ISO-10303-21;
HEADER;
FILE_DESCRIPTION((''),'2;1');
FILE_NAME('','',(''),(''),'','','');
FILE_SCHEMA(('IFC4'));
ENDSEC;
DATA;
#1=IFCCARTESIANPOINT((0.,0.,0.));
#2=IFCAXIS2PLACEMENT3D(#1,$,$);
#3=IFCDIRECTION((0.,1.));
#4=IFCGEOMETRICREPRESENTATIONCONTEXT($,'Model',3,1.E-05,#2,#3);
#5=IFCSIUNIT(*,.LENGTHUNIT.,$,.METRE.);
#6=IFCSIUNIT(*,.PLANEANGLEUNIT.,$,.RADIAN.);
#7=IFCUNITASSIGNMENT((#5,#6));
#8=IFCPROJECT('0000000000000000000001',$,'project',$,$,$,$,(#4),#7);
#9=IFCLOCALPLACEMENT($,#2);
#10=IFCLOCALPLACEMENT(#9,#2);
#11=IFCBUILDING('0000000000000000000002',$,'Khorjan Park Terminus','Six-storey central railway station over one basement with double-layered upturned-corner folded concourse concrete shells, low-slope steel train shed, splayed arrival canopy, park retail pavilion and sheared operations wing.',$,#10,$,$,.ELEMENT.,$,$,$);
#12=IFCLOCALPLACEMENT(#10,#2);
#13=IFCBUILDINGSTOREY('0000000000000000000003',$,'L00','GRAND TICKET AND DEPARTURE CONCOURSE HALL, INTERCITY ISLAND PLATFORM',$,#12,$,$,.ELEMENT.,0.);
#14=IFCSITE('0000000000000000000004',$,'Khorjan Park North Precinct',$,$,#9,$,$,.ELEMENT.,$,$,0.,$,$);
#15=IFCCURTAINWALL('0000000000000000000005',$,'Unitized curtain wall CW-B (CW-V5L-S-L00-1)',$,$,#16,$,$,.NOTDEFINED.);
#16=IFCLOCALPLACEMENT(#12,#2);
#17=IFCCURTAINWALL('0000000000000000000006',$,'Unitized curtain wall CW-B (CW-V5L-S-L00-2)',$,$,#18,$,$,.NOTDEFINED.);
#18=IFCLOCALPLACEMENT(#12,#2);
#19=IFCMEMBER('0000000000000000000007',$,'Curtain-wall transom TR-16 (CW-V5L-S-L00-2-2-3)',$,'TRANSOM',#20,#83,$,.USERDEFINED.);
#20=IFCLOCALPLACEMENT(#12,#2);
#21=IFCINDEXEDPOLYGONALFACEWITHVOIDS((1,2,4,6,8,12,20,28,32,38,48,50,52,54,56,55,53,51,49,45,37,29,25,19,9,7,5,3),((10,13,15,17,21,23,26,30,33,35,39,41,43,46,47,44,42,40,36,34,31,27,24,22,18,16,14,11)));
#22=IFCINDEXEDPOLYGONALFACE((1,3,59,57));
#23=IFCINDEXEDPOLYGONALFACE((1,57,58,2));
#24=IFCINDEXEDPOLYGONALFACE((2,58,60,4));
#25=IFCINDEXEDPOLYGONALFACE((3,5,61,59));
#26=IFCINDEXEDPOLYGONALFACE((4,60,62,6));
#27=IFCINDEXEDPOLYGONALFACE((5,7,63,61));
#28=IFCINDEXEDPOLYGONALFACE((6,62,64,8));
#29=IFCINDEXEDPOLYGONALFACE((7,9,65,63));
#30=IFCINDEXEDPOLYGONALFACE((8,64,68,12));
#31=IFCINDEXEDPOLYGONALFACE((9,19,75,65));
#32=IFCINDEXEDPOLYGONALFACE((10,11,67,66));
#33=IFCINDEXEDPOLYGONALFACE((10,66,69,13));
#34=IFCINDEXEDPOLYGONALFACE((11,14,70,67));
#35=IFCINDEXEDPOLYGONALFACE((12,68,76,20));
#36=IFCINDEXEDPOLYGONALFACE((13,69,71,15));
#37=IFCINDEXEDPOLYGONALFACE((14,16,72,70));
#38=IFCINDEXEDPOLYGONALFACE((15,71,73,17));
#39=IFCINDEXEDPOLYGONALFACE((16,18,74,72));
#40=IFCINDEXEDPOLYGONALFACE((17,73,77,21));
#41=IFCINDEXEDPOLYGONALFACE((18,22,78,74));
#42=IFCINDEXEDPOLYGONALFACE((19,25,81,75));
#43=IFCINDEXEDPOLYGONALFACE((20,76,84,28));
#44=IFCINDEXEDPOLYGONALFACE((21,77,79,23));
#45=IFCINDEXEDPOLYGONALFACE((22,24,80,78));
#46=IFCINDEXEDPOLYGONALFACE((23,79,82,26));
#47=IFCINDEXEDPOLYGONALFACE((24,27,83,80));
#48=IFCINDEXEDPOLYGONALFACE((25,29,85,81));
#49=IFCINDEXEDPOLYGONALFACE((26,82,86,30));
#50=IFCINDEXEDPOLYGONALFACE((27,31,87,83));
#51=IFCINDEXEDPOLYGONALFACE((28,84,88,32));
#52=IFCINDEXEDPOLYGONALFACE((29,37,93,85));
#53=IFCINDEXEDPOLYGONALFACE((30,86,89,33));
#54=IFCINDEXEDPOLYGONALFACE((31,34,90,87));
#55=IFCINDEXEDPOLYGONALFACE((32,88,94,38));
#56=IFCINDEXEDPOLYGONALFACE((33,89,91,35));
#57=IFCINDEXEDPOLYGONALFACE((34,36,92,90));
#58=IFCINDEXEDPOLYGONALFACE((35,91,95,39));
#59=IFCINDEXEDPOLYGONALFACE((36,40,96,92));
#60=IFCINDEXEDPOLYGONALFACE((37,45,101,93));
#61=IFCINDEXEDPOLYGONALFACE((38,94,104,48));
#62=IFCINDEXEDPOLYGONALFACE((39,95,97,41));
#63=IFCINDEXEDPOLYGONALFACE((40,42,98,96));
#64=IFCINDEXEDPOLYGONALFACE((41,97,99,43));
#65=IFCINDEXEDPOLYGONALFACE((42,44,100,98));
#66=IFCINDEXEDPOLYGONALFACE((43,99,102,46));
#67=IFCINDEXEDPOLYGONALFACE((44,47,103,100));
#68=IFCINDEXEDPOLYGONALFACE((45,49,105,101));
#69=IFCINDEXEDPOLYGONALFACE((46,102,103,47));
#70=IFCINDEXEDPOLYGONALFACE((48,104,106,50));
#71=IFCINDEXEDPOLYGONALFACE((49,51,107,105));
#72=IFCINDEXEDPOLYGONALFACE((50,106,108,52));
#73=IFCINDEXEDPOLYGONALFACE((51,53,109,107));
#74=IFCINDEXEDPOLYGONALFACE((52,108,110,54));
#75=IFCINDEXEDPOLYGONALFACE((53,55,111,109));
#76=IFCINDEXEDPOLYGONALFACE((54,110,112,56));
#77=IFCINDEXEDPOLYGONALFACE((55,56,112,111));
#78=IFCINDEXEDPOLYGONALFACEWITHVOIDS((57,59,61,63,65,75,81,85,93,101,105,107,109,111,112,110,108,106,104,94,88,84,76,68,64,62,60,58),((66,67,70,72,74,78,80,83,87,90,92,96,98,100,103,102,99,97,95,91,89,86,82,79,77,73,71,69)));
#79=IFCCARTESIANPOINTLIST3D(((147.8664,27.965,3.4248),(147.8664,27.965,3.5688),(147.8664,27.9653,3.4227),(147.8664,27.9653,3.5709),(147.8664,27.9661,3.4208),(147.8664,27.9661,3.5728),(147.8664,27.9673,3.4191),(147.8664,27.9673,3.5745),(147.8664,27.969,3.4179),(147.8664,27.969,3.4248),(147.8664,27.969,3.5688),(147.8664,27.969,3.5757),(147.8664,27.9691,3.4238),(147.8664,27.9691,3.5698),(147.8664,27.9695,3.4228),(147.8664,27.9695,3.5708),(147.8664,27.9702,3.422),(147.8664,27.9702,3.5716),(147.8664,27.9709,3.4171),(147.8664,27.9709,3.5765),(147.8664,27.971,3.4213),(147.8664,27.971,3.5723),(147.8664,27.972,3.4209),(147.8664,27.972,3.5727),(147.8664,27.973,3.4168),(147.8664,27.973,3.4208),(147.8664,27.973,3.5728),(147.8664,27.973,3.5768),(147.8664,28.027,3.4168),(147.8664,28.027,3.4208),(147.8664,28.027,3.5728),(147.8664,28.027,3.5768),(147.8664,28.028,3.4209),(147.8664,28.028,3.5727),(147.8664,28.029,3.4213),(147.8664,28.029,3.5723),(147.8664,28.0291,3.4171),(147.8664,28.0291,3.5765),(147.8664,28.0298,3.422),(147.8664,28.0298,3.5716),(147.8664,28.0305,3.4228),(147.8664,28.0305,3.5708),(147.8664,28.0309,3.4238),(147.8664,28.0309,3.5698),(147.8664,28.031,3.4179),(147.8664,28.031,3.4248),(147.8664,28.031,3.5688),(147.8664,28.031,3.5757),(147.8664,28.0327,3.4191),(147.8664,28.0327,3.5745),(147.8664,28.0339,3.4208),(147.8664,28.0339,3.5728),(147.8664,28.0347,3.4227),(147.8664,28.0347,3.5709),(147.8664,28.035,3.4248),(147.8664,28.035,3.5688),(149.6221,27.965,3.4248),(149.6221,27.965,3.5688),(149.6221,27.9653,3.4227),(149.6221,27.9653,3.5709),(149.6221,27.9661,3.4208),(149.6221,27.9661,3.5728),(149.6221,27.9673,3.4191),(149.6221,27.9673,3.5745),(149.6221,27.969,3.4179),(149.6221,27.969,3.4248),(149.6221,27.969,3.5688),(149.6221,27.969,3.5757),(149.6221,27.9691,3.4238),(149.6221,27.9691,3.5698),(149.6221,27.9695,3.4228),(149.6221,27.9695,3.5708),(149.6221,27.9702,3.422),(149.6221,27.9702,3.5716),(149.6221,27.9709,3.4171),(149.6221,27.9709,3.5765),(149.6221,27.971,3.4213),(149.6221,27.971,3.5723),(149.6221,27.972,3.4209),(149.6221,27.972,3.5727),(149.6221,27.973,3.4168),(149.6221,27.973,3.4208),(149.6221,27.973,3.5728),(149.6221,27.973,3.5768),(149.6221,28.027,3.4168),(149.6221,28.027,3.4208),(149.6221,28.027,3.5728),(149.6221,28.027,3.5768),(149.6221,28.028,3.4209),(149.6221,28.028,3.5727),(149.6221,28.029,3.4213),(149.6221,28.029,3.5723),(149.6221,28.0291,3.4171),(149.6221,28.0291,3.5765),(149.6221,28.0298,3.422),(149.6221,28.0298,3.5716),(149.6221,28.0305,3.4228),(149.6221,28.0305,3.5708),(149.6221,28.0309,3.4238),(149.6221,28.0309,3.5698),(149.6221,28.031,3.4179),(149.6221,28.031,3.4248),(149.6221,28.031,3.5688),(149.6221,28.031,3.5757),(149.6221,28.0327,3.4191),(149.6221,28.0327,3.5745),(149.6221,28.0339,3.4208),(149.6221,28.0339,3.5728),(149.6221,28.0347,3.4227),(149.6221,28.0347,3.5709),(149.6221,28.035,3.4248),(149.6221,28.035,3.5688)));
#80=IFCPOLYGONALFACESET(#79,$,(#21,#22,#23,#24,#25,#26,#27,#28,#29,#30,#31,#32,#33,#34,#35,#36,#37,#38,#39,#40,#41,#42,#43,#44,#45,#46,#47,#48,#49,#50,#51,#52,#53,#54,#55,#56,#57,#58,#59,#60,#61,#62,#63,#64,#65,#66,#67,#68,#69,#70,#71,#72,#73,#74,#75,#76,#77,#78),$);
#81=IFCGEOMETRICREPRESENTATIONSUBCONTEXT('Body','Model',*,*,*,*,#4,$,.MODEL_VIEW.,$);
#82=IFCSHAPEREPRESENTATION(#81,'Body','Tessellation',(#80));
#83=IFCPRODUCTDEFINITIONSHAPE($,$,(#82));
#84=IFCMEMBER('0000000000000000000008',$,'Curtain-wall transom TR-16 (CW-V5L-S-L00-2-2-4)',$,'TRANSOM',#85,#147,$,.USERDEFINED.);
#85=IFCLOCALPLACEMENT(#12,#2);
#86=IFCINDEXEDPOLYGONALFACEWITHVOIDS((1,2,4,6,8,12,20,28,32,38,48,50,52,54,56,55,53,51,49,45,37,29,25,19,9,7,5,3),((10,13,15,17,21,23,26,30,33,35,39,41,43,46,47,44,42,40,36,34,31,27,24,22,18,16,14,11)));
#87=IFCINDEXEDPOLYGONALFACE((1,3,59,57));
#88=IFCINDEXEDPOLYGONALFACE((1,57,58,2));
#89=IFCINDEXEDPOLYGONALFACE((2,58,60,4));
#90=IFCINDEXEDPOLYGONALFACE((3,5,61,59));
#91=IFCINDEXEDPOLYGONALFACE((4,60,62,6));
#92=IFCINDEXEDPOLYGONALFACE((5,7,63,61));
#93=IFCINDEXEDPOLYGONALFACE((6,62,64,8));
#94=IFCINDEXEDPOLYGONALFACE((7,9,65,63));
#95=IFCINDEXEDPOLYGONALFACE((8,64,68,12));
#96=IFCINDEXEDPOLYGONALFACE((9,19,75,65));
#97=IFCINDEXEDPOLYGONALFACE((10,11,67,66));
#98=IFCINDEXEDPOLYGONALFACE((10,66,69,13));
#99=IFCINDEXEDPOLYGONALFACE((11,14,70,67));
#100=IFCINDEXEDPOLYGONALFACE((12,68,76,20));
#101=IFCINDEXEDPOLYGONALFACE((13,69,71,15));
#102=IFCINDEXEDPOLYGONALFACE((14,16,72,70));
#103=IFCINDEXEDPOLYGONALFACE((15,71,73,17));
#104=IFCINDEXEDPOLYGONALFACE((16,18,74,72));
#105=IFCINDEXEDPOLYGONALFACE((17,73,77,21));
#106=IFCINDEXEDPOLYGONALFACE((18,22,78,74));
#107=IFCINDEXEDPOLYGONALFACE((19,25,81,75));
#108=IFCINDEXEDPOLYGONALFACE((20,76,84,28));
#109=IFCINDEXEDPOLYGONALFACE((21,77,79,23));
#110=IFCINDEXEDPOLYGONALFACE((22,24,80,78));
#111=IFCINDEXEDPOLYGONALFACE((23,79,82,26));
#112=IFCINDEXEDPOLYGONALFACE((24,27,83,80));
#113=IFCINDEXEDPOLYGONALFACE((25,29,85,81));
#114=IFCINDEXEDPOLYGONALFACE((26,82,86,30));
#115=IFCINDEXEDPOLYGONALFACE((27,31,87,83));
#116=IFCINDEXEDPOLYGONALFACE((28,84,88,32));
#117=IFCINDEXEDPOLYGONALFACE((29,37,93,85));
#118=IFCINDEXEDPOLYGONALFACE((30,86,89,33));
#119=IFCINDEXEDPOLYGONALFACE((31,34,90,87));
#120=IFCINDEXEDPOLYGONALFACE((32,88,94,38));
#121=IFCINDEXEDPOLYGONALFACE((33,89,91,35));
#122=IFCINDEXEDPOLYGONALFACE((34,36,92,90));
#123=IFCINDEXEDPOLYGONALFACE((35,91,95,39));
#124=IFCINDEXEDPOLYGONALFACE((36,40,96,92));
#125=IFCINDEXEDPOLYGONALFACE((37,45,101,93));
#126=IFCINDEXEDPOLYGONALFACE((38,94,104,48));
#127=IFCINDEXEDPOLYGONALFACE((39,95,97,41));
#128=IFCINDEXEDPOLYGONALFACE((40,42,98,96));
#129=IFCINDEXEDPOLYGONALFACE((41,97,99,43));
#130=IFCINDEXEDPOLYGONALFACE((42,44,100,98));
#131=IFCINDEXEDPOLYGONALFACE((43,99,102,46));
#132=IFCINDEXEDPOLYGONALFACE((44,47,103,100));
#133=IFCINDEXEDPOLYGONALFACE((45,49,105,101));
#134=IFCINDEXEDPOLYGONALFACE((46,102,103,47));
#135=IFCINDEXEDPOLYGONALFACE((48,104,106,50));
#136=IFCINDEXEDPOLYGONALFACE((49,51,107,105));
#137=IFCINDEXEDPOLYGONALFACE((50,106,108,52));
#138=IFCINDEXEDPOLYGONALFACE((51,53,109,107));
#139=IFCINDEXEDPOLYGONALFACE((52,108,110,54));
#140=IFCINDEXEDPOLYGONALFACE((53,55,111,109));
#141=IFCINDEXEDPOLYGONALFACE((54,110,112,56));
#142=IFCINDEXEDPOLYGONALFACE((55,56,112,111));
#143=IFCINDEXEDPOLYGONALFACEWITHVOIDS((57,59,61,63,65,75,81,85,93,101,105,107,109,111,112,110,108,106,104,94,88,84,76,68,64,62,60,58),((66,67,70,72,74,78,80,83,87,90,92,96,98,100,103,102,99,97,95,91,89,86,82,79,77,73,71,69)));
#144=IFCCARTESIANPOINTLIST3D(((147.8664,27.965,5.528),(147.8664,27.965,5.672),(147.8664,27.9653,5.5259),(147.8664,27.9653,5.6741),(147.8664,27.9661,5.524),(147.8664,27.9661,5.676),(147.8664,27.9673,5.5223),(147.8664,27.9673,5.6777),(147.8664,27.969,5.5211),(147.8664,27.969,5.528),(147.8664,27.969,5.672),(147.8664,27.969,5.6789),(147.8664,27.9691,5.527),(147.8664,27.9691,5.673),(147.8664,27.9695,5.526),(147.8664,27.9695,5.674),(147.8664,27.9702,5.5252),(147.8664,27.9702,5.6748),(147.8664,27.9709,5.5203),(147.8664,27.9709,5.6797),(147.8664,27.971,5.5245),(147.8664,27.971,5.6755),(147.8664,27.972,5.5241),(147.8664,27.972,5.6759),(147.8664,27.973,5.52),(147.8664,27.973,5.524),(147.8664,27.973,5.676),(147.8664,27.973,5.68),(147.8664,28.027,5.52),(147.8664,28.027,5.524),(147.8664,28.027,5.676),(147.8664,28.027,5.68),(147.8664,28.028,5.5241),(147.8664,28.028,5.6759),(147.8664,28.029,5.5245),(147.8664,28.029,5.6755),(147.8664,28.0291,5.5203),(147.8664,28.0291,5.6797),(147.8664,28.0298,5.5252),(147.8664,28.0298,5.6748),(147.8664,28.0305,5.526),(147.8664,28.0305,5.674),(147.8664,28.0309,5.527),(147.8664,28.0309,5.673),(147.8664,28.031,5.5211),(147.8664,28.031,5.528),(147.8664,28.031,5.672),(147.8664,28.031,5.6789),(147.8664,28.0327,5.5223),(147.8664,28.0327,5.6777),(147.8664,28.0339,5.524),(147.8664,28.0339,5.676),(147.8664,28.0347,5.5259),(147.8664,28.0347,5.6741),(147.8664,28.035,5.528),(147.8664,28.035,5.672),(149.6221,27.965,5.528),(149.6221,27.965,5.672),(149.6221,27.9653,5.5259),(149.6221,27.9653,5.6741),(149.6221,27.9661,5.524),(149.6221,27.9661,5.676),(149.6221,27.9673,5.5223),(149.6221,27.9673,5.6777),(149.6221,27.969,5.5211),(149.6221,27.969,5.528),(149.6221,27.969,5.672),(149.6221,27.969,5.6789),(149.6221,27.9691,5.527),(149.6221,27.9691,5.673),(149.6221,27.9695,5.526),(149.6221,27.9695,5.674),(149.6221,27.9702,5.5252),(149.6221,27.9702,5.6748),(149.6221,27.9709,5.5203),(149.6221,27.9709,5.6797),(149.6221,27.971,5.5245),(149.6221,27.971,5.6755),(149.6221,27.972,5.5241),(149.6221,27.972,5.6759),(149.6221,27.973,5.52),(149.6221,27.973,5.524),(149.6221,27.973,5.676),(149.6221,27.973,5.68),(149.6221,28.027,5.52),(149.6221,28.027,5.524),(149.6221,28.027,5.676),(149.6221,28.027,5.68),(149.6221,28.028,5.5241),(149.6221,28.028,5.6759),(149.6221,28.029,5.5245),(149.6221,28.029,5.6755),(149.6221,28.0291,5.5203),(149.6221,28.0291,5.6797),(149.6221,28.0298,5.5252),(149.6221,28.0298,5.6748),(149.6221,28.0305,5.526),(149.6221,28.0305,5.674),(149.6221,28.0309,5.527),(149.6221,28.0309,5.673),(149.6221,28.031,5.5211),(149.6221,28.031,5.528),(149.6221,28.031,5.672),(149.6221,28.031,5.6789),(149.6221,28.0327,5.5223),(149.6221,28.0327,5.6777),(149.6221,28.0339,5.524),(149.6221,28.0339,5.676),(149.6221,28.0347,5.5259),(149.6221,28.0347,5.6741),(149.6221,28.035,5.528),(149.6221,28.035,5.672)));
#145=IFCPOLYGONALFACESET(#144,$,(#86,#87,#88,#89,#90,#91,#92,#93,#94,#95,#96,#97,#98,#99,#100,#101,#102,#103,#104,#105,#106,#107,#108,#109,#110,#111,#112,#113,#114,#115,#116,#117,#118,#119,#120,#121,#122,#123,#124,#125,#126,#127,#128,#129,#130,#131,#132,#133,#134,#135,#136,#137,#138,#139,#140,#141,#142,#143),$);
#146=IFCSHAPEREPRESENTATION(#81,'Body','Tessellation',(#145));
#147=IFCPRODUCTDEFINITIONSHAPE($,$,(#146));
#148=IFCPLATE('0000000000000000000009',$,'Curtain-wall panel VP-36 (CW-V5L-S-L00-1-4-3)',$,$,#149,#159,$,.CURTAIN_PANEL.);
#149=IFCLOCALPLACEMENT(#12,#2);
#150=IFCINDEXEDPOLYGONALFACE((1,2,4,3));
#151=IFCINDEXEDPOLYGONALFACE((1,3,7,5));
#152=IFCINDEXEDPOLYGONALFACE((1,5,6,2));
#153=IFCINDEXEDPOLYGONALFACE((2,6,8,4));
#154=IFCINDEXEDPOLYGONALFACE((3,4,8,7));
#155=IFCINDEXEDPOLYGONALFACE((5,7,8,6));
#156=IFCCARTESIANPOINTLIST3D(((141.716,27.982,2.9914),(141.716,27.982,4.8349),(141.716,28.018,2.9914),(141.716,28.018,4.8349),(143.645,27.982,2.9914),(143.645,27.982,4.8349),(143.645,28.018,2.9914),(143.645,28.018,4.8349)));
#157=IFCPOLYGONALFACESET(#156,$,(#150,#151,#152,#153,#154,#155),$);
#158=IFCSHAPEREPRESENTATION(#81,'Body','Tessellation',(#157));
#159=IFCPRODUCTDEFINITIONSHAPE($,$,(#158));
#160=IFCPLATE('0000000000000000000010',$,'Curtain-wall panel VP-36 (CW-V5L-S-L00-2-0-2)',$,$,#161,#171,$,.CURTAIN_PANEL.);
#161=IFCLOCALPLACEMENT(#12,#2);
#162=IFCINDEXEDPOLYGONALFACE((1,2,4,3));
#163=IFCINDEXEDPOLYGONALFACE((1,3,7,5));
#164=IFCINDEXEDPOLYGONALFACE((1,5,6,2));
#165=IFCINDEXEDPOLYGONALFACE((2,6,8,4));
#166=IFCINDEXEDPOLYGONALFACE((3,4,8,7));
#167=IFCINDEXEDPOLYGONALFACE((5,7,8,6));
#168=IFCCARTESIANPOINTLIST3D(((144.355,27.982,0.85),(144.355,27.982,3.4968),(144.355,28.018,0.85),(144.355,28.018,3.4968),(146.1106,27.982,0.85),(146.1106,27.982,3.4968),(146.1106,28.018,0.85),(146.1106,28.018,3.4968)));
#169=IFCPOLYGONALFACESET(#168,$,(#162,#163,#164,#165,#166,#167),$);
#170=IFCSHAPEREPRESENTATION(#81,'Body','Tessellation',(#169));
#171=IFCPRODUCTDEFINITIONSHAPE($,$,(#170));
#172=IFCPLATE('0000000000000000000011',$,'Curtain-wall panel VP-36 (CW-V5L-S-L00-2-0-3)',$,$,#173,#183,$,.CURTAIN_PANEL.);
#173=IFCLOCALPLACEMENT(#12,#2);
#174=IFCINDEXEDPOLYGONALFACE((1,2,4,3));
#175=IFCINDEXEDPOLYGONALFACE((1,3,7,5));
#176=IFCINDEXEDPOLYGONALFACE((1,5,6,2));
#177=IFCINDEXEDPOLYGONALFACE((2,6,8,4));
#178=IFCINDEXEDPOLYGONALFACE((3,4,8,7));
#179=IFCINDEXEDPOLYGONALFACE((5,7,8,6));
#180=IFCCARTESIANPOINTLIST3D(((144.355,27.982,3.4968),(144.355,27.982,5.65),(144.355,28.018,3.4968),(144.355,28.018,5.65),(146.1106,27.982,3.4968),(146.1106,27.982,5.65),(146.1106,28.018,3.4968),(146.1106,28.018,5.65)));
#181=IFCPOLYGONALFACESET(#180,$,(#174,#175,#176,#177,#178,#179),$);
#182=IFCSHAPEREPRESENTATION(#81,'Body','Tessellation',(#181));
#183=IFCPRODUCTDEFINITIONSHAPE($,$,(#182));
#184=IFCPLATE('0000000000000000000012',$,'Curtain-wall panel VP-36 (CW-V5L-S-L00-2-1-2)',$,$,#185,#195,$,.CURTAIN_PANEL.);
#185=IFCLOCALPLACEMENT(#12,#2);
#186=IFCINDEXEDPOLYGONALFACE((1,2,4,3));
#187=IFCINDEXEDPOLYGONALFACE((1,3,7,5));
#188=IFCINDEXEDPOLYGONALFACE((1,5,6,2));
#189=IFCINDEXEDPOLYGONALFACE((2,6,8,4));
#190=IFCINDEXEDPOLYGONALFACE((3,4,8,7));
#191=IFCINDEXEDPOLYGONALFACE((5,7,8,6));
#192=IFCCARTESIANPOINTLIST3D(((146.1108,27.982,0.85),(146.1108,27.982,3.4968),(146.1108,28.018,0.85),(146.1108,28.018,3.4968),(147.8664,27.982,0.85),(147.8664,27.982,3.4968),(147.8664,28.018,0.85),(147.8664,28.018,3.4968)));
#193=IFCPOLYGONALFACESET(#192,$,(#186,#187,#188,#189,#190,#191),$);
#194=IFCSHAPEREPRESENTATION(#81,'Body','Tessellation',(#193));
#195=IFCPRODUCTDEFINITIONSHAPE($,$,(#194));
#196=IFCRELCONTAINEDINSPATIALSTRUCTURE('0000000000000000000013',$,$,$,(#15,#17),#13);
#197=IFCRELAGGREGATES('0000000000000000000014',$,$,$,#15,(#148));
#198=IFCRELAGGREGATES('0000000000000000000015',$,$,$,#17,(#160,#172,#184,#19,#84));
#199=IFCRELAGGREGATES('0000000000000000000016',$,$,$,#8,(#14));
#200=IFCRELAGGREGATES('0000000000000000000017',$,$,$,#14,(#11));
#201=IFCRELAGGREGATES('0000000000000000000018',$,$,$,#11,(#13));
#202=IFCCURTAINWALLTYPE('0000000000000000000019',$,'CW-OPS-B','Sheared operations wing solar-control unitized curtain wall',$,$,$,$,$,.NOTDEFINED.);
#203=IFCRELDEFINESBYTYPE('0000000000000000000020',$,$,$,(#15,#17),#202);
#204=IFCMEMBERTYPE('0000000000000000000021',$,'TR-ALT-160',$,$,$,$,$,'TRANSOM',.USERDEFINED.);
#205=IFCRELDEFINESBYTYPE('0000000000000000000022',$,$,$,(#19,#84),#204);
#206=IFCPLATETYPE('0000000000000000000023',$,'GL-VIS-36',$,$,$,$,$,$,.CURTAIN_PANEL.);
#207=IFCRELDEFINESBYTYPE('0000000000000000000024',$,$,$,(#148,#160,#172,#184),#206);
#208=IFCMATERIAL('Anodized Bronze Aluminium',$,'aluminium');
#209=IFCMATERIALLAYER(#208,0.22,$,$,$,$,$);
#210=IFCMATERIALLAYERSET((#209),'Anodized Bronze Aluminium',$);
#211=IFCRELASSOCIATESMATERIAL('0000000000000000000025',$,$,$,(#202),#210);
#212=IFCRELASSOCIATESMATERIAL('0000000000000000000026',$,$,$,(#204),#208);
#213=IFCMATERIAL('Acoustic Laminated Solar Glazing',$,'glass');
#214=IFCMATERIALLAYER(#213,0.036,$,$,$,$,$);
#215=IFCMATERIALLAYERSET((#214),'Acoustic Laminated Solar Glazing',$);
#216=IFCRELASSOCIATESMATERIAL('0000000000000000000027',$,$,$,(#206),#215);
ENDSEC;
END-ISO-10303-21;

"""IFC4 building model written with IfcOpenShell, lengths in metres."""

from ifc_helpers import new_model, si_unit, direction, frame, origin, origin_2d, place, context, subcontext, project, spatial, rectangle, hollow_rectangle, extrude, material, layer, layer_set, material_profile, profile_set, type_object, element, aggregate, save


model = new_model("IFC4")

# Units and contexts
model_context = context("Model", 3, precision=1e-05, world=origin(), true_north=direction((0.0, 1.0)))
body_context = subcontext(model_context, "Body", "Model", "MODEL_VIEW")
ifc_project = project(units=[si_unit("LENGTHUNIT", "METRE"), si_unit("PLANEANGLEUNIT", "RADIAN")], contexts=[model_context])

# Site, building, storey
site_placement = place(None, origin())
site = spatial("IfcSite", under=ifc_project, at=site_placement, Name="Khorjan Park North Precinct", CompositionType="ELEMENT", RefElevation=0.0)
building_placement = place(site_placement, origin())
building = spatial("IfcBuilding", under=site, at=building_placement, Name="Khorjan Park Terminus", Description="Six-storey central railway station over one basement with double-layered upturned-corner folded concourse concrete shells, low-slope steel train shed, splayed arrival canopy, park retail pavilion and sheared operations wing.", CompositionType="ELEMENT")
storey_placement = place(building_placement, origin())
storey = spatial("IfcBuildingStorey", under=building, at=storey_placement, Name="L00", Description="GRAND TICKET AND DEPARTURE CONCOURSE HALL, INTERCITY ISLAND PLATFORM", CompositionType="ELEMENT", Elevation=0.0)

# Curtain wall
ifc_material_1 = material(Name="Anodized Bronze Aluminium", Category="aluminium")
ifc_layer_1 = layer(ifc_material_1, 0.22)
ifc_layer_set_1 = layer_set([ifc_layer_1], Name="Anodized Bronze Aluminium")
curtain_wall_type = type_object("IfcCurtainWallType", Name="CW-OPS-B", Description="Sheared operations wing solar-control unitized curtain wall", PredefinedType="NOTDEFINED", material=ifc_layer_set_1)
curtain_wall_1_placement = place(storey_placement, origin())
curtain_wall_1 = element("IfcCurtainWall", 1, at=curtain_wall_1_placement, inside=storey, type_object=curtain_wall_type, Name="Unitized curtain wall CW-B (CW-V5L-S-L00-1)", PredefinedType="NOTDEFINED")

# Curtain wall, members
curtain_wall_2_placement = place(storey_placement, origin())
curtain_wall_2 = element("IfcCurtainWall", 2, at=curtain_wall_2_placement, inside=storey, type_object=curtain_wall_type, Name="Unitized curtain wall CW-B (CW-V5L-S-L00-2)", PredefinedType="NOTDEFINED")
ifc_material_profile_1 = material_profile(ifc_material_1, hollow_rectangle(XDim=0.07, YDim=0.16, WallThickness=0.004, InnerFilletRadius=0.004, OuterFilletRadius=0.008, at=origin_2d()), Name="ALT 70x160x4")
ifc_profile_set_1 = profile_set([ifc_material_profile_1], Name="Anodized Bronze Aluminium")
member_type_1 = type_object("IfcMemberType", Name="TR-ALT-160", ElementType="TRANSOM", PredefinedType="USERDEFINED", material=ifc_profile_set_1)
member_1_placement = place(storey_placement, frame((147.8664, 28.0, 3.4968), z_axis=(1.0, 0.0, 0.0), x_axis=(0.0, 1.0, 0.0)))
member_1 = element("IfcMember", 3, at=member_1_placement, type_object=member_type_1, Name="Curtain-wall transom TR-16 (CW-V5L-S-L00-2-2-3)", ObjectType="TRANSOM", PredefinedType="USERDEFINED", context=body_context, shape_type="SweptSolid", body=[
    extrude(hollow_rectangle(XDim=0.07, YDim=0.16, WallThickness=0.004, InnerFilletRadius=0.004, OuterFilletRadius=0.008, at=origin_2d()), origin(), (0.0, 0.0, 1.0), 1.7557),
])
member_2_placement = place(storey_placement, frame((147.8664, 28.0, 5.6), z_axis=(1.0, 0.0, 0.0), x_axis=(0.0, 1.0, 0.0)))
member_2 = element("IfcMember", 4, at=member_2_placement, type_object=member_type_1, Name="Curtain-wall transom TR-16 (CW-V5L-S-L00-2-2-4)", ObjectType="TRANSOM", PredefinedType="USERDEFINED", context=body_context, shape_type="SweptSolid", body=[
    extrude(hollow_rectangle(XDim=0.07, YDim=0.16, WallThickness=0.004, InnerFilletRadius=0.004, OuterFilletRadius=0.008, at=origin_2d()), origin(), (0.0, 0.0, 1.0), 1.7557),
])

# Plates
ifc_material_2 = material(Name="Acoustic Laminated Solar Glazing", Category="glass")
ifc_layer_2 = layer(ifc_material_2, 0.036)
ifc_layer_set_2 = layer_set([ifc_layer_2], Name="Acoustic Laminated Solar Glazing")
plate_type_1 = type_object("IfcPlateType", Name="GL-VIS-36", PredefinedType="CURTAIN_PANEL", material=ifc_layer_set_2)
plate_1_placement = place(storey_placement, frame((142.6805, 28.0, 2.9914), z_axis=(0.0, 0.0, 1.0), x_axis=(1.0, 0.0, 0.0)))
plate_1 = element("IfcPlate", 5, at=plate_1_placement, type_object=plate_type_1, Name="Curtain-wall panel VP-36 (CW-V5L-S-L00-1-4-3)", PredefinedType="CURTAIN_PANEL", context=body_context, shape_type="SweptSolid", body=[
    extrude(rectangle(XDim=1.929, YDim=0.036, at=origin_2d()), origin(), (0.0, 0.0, 1.0), 1.8435),
])
aggregate(curtain_wall_1, [plate_1])
plate_2_placement = place(storey_placement, frame((145.2328, 28.0, 0.85), z_axis=(0.0, 0.0, 1.0), x_axis=(1.0, 0.0, 0.0)))
plate_2 = element("IfcPlate", 6, at=plate_2_placement, type_object=plate_type_1, Name="Curtain-wall panel VP-36 (CW-V5L-S-L00-2-0-2)", PredefinedType="CURTAIN_PANEL", context=body_context, shape_type="SweptSolid", body=[
    extrude(rectangle(XDim=1.7557, YDim=0.036, at=origin_2d()), origin(), (0.0, 0.0, 1.0), 2.6468),
])
plate_3_placement = place(storey_placement, frame((145.2328, 28.0, 3.4968), z_axis=(0.0, 0.0, 1.0), x_axis=(1.0, 0.0, 0.0)))
plate_3 = element("IfcPlate", 7, at=plate_3_placement, type_object=plate_type_1, Name="Curtain-wall panel VP-36 (CW-V5L-S-L00-2-0-3)", PredefinedType="CURTAIN_PANEL", context=body_context, shape_type="SweptSolid", body=[
    extrude(rectangle(XDim=1.7557, YDim=0.036, at=origin_2d()), origin(), (0.0, 0.0, 1.0), 2.1532),
])
plate_4_placement = place(storey_placement, frame((146.9886, 28.0, 0.85), z_axis=(0.0, 0.0, 1.0), x_axis=(1.0, 0.0, 0.0)))
plate_4 = element("IfcPlate", 8, at=plate_4_placement, type_object=plate_type_1, Name="Curtain-wall panel VP-36 (CW-V5L-S-L00-2-1-2)", PredefinedType="CURTAIN_PANEL", context=body_context, shape_type="SweptSolid", body=[
    extrude(rectangle(XDim=1.7557, YDim=0.036, at=origin_2d()), origin(), (0.0, 0.0, 1.0), 2.6468),
])
aggregate(curtain_wall_2, [plate_2, plate_3, plate_4, member_1, member_2])

save(model, "model.ifc")
